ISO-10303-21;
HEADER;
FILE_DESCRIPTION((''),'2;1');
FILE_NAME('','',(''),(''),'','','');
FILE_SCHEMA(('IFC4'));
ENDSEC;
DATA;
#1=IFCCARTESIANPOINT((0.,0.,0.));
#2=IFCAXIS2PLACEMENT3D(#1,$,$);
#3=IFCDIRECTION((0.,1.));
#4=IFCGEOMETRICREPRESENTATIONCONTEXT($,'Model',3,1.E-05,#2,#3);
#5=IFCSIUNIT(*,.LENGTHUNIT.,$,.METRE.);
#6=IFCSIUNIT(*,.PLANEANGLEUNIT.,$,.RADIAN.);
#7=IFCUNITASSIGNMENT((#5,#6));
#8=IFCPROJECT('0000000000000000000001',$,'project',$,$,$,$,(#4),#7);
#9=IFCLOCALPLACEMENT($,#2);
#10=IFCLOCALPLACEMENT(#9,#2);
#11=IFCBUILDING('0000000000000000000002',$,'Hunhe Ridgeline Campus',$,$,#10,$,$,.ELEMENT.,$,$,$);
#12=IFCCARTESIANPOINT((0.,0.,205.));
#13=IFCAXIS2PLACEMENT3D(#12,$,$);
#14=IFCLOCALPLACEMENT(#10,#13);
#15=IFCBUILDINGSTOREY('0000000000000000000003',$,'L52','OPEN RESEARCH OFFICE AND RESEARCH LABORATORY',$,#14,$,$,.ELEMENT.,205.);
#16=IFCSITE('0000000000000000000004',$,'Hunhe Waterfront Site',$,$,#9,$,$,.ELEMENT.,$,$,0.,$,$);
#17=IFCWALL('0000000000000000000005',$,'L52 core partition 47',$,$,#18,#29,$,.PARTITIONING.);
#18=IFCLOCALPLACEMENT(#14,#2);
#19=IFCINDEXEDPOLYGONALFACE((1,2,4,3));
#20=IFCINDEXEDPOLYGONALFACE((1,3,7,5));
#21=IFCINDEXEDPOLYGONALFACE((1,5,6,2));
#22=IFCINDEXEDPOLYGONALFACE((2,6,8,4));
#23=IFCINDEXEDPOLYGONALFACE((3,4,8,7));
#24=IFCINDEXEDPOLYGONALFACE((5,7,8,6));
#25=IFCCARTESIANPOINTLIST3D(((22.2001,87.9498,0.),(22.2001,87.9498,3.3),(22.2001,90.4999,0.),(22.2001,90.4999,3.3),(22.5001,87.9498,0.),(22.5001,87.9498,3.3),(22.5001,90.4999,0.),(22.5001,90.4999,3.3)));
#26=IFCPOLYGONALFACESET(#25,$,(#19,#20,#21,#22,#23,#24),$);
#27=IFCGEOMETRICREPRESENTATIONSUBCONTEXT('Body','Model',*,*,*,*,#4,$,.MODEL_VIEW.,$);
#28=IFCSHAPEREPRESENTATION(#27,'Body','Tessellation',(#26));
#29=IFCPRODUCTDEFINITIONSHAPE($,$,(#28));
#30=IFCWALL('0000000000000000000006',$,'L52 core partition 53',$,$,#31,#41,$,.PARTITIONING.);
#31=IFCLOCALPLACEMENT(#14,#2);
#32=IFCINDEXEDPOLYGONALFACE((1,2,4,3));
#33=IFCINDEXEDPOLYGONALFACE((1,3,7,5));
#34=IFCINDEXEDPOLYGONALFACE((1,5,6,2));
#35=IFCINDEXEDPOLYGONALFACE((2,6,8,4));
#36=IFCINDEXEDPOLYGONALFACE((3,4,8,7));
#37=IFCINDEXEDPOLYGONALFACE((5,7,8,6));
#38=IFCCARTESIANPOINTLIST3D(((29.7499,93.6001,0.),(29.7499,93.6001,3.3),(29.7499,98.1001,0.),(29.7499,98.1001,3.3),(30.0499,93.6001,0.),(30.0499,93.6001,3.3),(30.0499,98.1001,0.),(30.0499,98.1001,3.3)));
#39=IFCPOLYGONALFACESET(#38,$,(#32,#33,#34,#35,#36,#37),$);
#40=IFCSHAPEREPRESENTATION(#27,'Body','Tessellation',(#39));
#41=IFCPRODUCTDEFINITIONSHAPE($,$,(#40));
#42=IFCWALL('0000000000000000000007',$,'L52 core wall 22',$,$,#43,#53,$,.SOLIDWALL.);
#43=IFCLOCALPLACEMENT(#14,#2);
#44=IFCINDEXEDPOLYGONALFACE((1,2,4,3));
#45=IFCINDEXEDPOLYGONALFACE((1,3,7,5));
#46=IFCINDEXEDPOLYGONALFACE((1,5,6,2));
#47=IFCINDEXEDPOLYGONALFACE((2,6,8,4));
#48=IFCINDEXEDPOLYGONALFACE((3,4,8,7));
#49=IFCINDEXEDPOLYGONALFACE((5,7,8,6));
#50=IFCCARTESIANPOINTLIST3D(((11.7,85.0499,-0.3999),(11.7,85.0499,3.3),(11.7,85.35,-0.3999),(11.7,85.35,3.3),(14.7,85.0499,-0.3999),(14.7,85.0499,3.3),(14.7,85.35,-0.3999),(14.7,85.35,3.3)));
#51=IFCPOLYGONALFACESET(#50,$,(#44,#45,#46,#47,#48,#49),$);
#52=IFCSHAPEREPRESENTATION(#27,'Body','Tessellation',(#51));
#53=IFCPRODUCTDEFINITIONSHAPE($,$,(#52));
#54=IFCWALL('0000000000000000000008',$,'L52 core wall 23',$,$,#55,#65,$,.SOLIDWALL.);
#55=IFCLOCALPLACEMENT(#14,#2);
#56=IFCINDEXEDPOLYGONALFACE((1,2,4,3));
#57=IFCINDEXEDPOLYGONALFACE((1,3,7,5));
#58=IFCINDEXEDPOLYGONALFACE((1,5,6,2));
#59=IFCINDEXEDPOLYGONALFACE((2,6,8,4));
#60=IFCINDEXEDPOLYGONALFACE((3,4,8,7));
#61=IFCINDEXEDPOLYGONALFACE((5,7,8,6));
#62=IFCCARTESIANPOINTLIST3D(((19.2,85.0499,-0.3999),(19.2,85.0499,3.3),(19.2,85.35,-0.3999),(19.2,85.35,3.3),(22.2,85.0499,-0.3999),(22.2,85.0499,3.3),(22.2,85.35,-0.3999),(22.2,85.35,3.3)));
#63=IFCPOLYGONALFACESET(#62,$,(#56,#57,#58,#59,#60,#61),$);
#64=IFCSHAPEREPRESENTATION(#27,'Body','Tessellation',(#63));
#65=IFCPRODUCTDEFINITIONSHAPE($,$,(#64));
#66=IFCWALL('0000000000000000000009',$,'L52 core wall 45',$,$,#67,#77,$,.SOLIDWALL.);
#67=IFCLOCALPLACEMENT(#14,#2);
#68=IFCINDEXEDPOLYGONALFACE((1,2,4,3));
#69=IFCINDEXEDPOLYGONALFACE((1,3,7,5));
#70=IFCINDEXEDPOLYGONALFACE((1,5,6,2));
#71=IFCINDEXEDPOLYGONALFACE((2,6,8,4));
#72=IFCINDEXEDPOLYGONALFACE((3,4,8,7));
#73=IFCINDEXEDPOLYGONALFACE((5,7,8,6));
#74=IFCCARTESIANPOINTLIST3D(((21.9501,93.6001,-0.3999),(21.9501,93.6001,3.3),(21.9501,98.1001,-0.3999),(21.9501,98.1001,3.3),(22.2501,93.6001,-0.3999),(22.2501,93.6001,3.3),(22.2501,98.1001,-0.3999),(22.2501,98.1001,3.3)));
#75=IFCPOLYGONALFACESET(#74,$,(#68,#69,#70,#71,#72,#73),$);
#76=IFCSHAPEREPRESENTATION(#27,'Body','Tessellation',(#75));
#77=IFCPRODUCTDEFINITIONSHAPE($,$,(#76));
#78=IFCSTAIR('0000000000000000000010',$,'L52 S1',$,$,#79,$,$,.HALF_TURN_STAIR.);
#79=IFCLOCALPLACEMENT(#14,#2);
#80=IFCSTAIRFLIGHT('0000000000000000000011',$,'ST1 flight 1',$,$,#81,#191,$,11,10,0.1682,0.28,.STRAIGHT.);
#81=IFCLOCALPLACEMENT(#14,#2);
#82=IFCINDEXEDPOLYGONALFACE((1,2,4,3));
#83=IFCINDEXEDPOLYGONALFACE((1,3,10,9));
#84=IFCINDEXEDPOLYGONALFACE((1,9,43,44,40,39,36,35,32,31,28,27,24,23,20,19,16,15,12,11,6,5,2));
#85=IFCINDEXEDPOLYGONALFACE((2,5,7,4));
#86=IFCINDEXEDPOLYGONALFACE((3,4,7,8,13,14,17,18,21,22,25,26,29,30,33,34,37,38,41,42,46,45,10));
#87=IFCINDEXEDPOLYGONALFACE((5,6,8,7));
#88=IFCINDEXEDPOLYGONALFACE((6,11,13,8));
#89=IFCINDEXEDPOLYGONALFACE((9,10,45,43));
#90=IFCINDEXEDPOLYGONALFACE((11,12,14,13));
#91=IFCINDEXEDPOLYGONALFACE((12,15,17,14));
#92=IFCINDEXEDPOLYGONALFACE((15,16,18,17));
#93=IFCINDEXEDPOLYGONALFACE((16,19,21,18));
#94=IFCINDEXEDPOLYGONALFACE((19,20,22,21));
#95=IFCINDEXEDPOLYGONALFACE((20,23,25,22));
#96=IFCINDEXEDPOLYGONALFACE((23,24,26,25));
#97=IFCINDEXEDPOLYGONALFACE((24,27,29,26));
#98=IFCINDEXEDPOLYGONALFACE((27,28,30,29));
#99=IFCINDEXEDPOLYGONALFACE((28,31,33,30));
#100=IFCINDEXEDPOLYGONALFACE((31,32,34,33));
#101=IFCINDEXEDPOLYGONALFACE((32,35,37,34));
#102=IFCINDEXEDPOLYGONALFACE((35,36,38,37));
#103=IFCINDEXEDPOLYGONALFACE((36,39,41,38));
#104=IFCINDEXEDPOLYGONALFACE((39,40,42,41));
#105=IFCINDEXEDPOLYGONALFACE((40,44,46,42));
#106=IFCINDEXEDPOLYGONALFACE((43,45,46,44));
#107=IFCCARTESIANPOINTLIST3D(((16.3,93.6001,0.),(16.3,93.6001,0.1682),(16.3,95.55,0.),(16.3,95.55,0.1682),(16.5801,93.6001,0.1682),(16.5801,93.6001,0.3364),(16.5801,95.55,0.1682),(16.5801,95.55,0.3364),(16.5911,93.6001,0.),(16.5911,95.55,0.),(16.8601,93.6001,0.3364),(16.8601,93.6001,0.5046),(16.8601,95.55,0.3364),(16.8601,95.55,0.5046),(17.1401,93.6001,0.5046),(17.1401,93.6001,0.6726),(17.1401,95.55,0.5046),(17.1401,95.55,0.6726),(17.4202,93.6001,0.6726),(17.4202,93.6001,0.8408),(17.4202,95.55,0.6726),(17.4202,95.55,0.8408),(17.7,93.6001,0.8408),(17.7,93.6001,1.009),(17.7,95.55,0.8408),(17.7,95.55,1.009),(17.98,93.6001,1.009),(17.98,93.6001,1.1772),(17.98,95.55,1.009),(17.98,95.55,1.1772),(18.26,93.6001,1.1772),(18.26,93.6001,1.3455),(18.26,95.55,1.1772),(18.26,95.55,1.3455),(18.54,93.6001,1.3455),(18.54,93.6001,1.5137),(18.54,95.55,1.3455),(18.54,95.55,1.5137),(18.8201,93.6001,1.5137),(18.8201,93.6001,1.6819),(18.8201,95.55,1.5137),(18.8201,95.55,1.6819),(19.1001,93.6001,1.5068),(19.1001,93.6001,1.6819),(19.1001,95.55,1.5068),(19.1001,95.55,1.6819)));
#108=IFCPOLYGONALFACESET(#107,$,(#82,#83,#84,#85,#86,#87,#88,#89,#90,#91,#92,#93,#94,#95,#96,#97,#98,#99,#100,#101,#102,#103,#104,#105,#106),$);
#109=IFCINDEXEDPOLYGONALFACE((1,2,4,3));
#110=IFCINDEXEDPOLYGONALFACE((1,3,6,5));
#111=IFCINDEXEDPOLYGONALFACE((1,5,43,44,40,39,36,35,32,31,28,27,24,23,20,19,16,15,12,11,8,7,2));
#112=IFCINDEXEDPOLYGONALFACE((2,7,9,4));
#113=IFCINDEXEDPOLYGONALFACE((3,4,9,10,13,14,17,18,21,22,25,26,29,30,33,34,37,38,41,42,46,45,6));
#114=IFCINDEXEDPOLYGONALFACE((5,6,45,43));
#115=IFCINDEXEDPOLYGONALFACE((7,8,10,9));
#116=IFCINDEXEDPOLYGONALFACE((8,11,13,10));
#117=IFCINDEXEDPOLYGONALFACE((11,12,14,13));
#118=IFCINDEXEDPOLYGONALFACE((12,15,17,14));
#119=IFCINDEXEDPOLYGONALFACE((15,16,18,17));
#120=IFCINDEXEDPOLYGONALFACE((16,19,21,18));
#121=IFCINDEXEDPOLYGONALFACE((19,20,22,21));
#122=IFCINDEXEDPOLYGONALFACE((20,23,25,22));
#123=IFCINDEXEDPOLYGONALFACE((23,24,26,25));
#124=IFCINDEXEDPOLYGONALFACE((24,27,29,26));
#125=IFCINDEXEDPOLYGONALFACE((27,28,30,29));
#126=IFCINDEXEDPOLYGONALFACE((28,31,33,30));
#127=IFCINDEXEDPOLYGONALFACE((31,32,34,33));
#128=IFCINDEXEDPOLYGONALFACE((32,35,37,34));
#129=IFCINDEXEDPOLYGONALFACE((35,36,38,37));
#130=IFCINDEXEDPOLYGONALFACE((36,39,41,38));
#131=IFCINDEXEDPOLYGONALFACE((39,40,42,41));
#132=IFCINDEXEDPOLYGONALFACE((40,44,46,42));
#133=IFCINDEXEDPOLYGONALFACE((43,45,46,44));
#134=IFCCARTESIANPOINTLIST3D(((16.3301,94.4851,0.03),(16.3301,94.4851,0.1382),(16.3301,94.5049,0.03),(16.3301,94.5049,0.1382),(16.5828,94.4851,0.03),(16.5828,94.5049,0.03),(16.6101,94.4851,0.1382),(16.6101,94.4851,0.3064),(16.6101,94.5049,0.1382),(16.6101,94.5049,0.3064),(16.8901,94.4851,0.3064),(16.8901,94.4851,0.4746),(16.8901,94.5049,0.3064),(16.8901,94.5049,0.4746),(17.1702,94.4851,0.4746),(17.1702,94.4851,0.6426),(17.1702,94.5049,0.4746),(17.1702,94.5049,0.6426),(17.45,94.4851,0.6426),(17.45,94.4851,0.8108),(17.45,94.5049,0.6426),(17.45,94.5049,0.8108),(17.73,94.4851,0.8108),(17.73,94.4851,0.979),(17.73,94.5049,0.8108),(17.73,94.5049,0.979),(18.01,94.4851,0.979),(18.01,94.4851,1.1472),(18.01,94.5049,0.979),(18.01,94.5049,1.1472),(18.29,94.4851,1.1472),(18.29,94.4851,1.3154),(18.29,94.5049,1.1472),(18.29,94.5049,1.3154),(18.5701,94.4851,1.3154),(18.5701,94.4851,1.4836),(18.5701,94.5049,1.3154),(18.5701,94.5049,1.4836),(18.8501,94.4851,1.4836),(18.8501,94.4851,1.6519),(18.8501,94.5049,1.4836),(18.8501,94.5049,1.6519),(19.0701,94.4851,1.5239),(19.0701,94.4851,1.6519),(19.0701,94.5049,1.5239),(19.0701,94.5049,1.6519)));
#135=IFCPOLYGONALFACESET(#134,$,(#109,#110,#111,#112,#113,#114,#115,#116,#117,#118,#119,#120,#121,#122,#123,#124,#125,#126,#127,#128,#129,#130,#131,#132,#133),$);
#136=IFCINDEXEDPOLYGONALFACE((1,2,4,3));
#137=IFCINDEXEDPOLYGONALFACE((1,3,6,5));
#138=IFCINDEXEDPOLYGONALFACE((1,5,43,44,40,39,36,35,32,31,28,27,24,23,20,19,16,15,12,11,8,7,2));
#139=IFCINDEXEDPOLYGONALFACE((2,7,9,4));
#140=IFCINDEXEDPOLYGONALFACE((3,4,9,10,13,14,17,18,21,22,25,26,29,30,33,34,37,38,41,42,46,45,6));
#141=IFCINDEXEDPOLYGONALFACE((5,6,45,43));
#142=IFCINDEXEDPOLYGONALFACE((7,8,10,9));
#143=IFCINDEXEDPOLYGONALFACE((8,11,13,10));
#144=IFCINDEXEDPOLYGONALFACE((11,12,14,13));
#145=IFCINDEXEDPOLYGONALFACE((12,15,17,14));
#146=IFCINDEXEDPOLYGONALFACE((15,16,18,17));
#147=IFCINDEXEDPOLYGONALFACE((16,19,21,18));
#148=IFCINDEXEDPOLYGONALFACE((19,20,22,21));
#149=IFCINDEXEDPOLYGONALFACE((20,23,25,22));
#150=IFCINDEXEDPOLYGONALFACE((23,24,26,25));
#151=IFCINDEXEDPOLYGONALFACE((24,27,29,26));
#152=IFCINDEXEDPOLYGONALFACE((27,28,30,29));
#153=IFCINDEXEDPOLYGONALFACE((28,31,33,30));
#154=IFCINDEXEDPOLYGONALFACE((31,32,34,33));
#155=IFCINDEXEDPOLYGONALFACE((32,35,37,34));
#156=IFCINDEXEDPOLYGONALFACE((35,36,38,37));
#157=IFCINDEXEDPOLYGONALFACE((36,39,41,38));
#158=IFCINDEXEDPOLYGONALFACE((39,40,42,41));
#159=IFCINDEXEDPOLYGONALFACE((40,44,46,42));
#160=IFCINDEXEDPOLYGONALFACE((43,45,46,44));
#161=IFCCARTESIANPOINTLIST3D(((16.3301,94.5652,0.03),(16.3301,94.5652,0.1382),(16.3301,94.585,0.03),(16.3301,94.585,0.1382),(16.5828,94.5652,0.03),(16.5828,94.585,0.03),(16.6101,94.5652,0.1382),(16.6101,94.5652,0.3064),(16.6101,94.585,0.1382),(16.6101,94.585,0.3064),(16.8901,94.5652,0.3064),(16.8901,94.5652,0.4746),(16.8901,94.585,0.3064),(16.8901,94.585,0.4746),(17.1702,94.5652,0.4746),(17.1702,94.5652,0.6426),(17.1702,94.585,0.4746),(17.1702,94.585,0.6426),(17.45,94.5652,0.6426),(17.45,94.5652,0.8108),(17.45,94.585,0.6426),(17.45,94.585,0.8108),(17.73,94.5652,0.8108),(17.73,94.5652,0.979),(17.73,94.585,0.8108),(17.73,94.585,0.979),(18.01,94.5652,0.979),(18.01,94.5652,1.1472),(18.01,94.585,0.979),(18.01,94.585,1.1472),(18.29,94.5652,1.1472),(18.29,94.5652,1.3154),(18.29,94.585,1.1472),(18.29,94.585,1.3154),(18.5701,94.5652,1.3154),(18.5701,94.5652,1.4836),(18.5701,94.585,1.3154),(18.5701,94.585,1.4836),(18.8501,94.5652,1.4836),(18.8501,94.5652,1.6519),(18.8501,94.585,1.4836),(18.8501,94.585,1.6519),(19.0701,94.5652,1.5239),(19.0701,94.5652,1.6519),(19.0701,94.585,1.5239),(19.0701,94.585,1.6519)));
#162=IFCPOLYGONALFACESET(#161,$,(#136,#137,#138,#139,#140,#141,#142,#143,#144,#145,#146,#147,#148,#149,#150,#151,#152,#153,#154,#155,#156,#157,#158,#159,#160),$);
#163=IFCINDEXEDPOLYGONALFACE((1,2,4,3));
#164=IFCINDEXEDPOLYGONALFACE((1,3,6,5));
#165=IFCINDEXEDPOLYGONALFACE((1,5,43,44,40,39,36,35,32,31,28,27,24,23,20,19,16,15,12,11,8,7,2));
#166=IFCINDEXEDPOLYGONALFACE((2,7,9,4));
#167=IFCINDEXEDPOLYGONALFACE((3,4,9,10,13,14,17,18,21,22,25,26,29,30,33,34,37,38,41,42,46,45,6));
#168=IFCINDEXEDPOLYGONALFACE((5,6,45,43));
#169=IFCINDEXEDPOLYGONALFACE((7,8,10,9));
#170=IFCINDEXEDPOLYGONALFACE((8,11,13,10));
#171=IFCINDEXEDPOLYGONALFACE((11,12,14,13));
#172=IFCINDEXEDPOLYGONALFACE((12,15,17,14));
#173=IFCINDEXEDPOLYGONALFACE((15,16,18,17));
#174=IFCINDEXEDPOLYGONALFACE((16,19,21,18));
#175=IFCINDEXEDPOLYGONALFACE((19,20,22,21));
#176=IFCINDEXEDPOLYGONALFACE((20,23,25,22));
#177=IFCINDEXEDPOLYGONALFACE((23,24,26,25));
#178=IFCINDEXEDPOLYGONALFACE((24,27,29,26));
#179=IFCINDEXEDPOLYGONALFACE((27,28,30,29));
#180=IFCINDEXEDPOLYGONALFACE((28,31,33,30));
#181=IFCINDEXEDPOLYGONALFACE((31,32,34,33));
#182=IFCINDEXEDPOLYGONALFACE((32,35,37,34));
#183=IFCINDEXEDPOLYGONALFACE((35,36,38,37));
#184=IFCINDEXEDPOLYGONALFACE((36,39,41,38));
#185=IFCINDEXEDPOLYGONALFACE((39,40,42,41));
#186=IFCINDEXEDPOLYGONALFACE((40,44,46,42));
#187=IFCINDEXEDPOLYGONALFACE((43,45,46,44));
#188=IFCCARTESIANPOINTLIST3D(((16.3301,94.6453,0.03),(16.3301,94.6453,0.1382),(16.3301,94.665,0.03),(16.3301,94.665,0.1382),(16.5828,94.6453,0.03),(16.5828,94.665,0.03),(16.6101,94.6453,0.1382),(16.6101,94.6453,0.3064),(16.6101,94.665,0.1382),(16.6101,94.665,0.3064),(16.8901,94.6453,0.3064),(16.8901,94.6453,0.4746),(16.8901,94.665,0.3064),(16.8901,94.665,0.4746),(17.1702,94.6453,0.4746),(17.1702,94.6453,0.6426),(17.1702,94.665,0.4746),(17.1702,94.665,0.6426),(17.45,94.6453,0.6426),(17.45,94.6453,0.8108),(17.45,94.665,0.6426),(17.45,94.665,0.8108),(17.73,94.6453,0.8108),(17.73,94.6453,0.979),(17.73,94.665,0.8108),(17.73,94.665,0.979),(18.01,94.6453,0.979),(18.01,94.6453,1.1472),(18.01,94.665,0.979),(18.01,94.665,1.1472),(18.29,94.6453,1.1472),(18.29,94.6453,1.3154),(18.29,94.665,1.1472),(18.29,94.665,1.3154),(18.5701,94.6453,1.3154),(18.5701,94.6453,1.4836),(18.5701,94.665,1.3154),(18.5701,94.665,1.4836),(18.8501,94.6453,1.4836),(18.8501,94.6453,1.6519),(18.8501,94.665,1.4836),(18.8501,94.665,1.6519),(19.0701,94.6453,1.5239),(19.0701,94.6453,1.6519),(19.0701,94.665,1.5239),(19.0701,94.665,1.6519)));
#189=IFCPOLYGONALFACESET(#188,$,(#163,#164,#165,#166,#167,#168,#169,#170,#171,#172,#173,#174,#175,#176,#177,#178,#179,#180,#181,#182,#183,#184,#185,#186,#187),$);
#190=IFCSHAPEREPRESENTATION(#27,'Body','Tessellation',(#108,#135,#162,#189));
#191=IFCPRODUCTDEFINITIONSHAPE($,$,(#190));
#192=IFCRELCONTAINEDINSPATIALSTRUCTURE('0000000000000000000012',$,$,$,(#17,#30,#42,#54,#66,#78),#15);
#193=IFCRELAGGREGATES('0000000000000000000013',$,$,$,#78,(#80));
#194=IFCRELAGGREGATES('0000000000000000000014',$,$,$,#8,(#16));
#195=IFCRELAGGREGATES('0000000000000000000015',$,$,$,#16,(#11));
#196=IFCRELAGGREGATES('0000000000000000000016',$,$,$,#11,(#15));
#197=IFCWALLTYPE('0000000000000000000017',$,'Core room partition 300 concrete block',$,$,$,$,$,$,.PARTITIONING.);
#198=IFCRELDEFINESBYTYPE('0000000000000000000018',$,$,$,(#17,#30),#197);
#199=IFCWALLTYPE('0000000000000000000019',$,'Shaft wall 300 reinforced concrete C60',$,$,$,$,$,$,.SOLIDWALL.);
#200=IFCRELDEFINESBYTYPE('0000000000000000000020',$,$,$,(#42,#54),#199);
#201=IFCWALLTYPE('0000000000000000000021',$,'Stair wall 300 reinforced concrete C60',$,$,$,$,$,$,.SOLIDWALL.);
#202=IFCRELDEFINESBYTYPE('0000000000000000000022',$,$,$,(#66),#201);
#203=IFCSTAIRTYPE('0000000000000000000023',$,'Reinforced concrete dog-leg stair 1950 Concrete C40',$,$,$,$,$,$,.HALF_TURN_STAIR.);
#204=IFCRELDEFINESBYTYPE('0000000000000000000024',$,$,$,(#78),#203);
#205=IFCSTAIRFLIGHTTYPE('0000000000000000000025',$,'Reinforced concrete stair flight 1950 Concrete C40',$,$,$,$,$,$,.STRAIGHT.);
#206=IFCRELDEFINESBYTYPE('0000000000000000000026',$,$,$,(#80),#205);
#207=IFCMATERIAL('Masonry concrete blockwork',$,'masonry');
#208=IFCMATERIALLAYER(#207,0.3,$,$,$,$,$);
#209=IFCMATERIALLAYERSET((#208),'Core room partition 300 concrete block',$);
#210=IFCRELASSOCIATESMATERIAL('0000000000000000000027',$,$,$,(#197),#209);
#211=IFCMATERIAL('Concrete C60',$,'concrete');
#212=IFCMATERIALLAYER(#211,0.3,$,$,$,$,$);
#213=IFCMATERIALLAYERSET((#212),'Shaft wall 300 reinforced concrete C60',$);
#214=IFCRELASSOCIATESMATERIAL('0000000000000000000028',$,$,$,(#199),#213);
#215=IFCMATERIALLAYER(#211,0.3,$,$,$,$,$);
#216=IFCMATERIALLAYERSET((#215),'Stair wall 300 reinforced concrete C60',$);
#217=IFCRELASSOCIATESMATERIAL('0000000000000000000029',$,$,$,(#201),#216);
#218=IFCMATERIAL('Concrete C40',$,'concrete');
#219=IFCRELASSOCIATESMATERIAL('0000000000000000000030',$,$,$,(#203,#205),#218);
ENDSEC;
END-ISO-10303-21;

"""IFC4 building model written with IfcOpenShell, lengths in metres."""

from ifc_helpers import new_model, si_unit, direction, frame, frame_2d, origin, place, context, subcontext, project, spatial, polyline, rectangle, outline, extrude, material, layer, layer_set, type_object, element, aggregate, save


model = new_model("IFC4")

# Units and contexts
model_context = context("Model", 3, precision=1e-05, world=origin(), true_north=direction((0.0, 1.0)))
body_context = subcontext(model_context, "Body", "Model", "MODEL_VIEW")
ifc_project = project(units=[si_unit("LENGTHUNIT", "METRE"), si_unit("PLANEANGLEUNIT", "RADIAN")], contexts=[model_context])

# Site, building, storey
site_placement = place(None, origin())
site = spatial("IfcSite", under=ifc_project, at=site_placement, Name="Hunhe Waterfront Site", CompositionType="ELEMENT", RefElevation=0.0)
building_placement = place(site_placement, origin())
building = spatial("IfcBuilding", under=site, at=building_placement, Name="Hunhe Ridgeline Campus", CompositionType="ELEMENT")
storey_placement = place(building_placement, frame((0.0, 0.0, 205.0)))
storey = spatial("IfcBuildingStorey", under=building, at=storey_placement, Name="L52", Description="OPEN RESEARCH OFFICE AND RESEARCH LABORATORY", CompositionType="ELEMENT", Elevation=205.0)

# Walls
ifc_material_1 = material(Name="Masonry concrete blockwork", Category="masonry")
ifc_layer_1 = layer(ifc_material_1, 0.3)
ifc_layer_set_1 = layer_set([ifc_layer_1], Name="Core room partition 300 concrete block")
wall_type_1 = type_object("IfcWallType", Name="Core room partition 300 concrete block", PredefinedType="PARTITIONING", material=ifc_layer_set_1)
wall_1_placement = place(storey_placement, frame((22.3501, 87.95, 0.0), z_axis=(0.0, 0.0, 1.0), x_axis=(0.0, 1.0, 0.0)))
element("IfcWall", 1, at=wall_1_placement, inside=storey, type_object=wall_type_1, Name="L52 core partition 47", PredefinedType="PARTITIONING", context=body_context, shape_type="SweptSolid", body=[
    extrude(rectangle(XDim=2.55, YDim=0.3, at=frame_2d((1.2749, 0.0))), origin(), (0.0, 0.0, 1.0), 3.3),
])
wall_2_placement = place(storey_placement, frame((29.8999, 93.6001, 0.0), z_axis=(0.0, 0.0, 1.0), x_axis=(0.0, 1.0, 0.0)))
element("IfcWall", 2, at=wall_2_placement, inside=storey, type_object=wall_type_1, Name="L52 core partition 53", PredefinedType="PARTITIONING", context=body_context, shape_type="SweptSolid", body=[
    extrude(rectangle(XDim=4.5, YDim=0.3, at=frame_2d((2.25, 0.0))), origin(), (0.0, 0.0, 1.0), 3.3),
])
ifc_material_2 = material(Name="Concrete C60", Category="concrete")
ifc_layer_2 = layer(ifc_material_2, 0.3)
ifc_layer_set_2 = layer_set([ifc_layer_2], Name="Shaft wall 300 reinforced concrete C60")
wall_type_2 = type_object("IfcWallType", Name="Shaft wall 300 reinforced concrete C60", PredefinedType="SOLIDWALL", material=ifc_layer_set_2)
for number, where, z_axis, x_axis, name in (
    (3, (11.7, 85.2, -0.3999), (0.0, 0.0, 1.0), (1.0, 0.0, 0.0), "L52 core wall 22"),
    (4, (19.2, 85.2, -0.3999), (0.0, 0.0, 1.0), (1.0, 0.0, 0.0), "L52 core wall 23"),
):
    element("IfcWall", number, at=place(storey_placement, frame(where, z_axis=z_axis, x_axis=x_axis)), inside=storey, type_object=wall_type_2, Name=name, PredefinedType="SOLIDWALL", context=body_context, shape_type="SweptSolid", body=[
        extrude(rectangle(XDim=3.0, YDim=0.3, at=frame_2d((1.5, 0.0))), origin(), (0.0, 0.0, 1.0), 3.7),
    ])

# Shared definitions
ifc_layer_3 = layer(ifc_material_2, 0.3)
ifc_layer_set_3 = layer_set([ifc_layer_3], Name="Stair wall 300 reinforced concrete C60")
wall_type_3 = type_object("IfcWallType", Name="Stair wall 300 reinforced concrete C60", PredefinedType="SOLIDWALL", material=ifc_layer_set_3)

# Wall
wall_3_placement = place(storey_placement, frame((22.1001, 93.6001, -0.3999), z_axis=(0.0, 0.0, 1.0), x_axis=(0.0, 1.0, 0.0)))
element("IfcWall", 5, at=wall_3_placement, inside=storey, type_object=wall_type_3, Name="L52 core wall 45", PredefinedType="SOLIDWALL", context=body_context, shape_type="SweptSolid", body=[
    extrude(rectangle(XDim=4.5, YDim=0.3, at=frame_2d((2.25, 0.0))), origin(), (0.0, 0.0, 1.0), 3.7),
])

# Stair, stair flight
ifc_material_3 = material(Name="Concrete C40", Category="concrete")
stair_type = type_object("IfcStairType", Name="Reinforced concrete dog-leg stair 1950 Concrete C40", PredefinedType="HALF_TURN_STAIR", material=ifc_material_3)
stair_placement = place(storey_placement, origin())
stair = element("IfcStair", 6, at=stair_placement, inside=storey, type_object=stair_type, Name="L52 S1", PredefinedType="HALF_TURN_STAIR")
stair_flight_type = type_object("IfcStairFlightType", Name="Reinforced concrete stair flight 1950 Concrete C40", PredefinedType="STRAIGHT", material=ifc_material_3)
stair_flight_1_placement = place(storey_placement, frame((16.3, 94.575, 0.0), z_axis=(0.0, 0.0, 1.0), x_axis=(1.0, 0.0, 0.0)))
stair_flight_1 = element("IfcStairFlight", 7, at=stair_flight_1_placement, type_object=stair_flight_type, Name="ST1 flight 1", NumberOfRisers=11, NumberOfTreads=10, PredefinedType="STRAIGHT", RiserHeight=0.1682, TreadLength=0.28, context=body_context, shape_type="SweptSolid", body=[
    extrude(outline(polyline([(0.0, 0.0), (0.0, 0.1682), (0.28, 0.1682), (0.28, 0.3364), (0.5601, 0.3364), (0.5601, 0.5046), (0.8401, 0.5046), (0.8401, 0.6726), (1.1201, 0.6726), (1.1201, 0.8408), (1.3999, 0.8408), (1.3999, 1.009), (1.6799, 1.009), (1.6799, 1.1772), (1.96, 1.1772), (1.96, 1.3455), (2.24, 1.3455), (2.24, 1.5137), (2.52, 1.5137), (2.52, 1.6819), (2.8, 1.6819), (2.8, 1.8501), (2.8, 1.5068), (0.291, 0.0), (0.0, 0.0)])), frame((0.0, 0.9751, 0.0), z_axis=(0.0, -1.0, 0.0), x_axis=(1.0, 0.0, 0.0)), (0.0, 0.0, 1.0), 1.95),
    extrude(outline(polyline([(0.03, 0.03), (0.03, 0.1382), (0.3101, 0.1382), (0.3101, 0.3064), (0.5901, 0.3064), (0.5901, 0.4746), (0.8701, 0.4746), (0.8701, 0.6426), (1.1499, 0.6426), (1.1499, 0.8108), (1.4299, 0.8108), (1.4299, 0.979), (1.71, 0.979), (1.71, 1.1472), (1.99, 1.1472), (1.99, 1.3154), (2.27, 1.3154), (2.27, 1.4836), (2.55, 1.4836), (2.55, 1.6519), (2.77, 1.6519), (2.77, 1.5239), (0.2827, 0.03), (0.03, 0.03)])), frame((0.0, -0.0701, 0.0), z_axis=(0.0, -1.0, 0.0), x_axis=(1.0, 0.0, 0.0)), (0.0, 0.0, 1.0), 0.0198),
    extrude(outline(polyline([(0.03, 0.03), (0.03, 0.1382), (0.3101, 0.1382), (0.3101, 0.3064), (0.5901, 0.3064), (0.5901, 0.4746), (0.8701, 0.4746), (0.8701, 0.6426), (1.1499, 0.6426), (1.1499, 0.8108), (1.4299, 0.8108), (1.4299, 0.979), (1.71, 0.979), (1.71, 1.1472), (1.99, 1.1472), (1.99, 1.3154), (2.27, 1.3154), (2.27, 1.4836), (2.55, 1.4836), (2.55, 1.6519), (2.77, 1.6519), (2.77, 1.5239), (0.2827, 0.03), (0.03, 0.03)])), frame((0.0, 0.01, 0.0), z_axis=(0.0, -1.0, 0.0), x_axis=(1.0, 0.0, 0.0)), (0.0, 0.0, 1.0), 0.0198),
    extrude(outline(polyline([(0.03, 0.03), (0.03, 0.1382), (0.3101, 0.1382), (0.3101, 0.3064), (0.5901, 0.3064), (0.5901, 0.4746), (0.8701, 0.4746), (0.8701, 0.6426), (1.1499, 0.6426), (1.1499, 0.8108), (1.4299, 0.8108), (1.4299, 0.979), (1.71, 0.979), (1.71, 1.1472), (1.99, 1.1472), (1.99, 1.3154), (2.27, 1.3154), (2.27, 1.4836), (2.55, 1.4836), (2.55, 1.6519), (2.77, 1.6519), (2.77, 1.5239), (0.2827, 0.03), (0.03, 0.03)])), frame((0.0, 0.0901, 0.0), z_axis=(0.0, -1.0, 0.0), x_axis=(1.0, 0.0, 0.0)), (0.0, 0.0, 1.0), 0.0198),
])
aggregate(stair, [stair_flight_1])

save(model, "model.ifc")
